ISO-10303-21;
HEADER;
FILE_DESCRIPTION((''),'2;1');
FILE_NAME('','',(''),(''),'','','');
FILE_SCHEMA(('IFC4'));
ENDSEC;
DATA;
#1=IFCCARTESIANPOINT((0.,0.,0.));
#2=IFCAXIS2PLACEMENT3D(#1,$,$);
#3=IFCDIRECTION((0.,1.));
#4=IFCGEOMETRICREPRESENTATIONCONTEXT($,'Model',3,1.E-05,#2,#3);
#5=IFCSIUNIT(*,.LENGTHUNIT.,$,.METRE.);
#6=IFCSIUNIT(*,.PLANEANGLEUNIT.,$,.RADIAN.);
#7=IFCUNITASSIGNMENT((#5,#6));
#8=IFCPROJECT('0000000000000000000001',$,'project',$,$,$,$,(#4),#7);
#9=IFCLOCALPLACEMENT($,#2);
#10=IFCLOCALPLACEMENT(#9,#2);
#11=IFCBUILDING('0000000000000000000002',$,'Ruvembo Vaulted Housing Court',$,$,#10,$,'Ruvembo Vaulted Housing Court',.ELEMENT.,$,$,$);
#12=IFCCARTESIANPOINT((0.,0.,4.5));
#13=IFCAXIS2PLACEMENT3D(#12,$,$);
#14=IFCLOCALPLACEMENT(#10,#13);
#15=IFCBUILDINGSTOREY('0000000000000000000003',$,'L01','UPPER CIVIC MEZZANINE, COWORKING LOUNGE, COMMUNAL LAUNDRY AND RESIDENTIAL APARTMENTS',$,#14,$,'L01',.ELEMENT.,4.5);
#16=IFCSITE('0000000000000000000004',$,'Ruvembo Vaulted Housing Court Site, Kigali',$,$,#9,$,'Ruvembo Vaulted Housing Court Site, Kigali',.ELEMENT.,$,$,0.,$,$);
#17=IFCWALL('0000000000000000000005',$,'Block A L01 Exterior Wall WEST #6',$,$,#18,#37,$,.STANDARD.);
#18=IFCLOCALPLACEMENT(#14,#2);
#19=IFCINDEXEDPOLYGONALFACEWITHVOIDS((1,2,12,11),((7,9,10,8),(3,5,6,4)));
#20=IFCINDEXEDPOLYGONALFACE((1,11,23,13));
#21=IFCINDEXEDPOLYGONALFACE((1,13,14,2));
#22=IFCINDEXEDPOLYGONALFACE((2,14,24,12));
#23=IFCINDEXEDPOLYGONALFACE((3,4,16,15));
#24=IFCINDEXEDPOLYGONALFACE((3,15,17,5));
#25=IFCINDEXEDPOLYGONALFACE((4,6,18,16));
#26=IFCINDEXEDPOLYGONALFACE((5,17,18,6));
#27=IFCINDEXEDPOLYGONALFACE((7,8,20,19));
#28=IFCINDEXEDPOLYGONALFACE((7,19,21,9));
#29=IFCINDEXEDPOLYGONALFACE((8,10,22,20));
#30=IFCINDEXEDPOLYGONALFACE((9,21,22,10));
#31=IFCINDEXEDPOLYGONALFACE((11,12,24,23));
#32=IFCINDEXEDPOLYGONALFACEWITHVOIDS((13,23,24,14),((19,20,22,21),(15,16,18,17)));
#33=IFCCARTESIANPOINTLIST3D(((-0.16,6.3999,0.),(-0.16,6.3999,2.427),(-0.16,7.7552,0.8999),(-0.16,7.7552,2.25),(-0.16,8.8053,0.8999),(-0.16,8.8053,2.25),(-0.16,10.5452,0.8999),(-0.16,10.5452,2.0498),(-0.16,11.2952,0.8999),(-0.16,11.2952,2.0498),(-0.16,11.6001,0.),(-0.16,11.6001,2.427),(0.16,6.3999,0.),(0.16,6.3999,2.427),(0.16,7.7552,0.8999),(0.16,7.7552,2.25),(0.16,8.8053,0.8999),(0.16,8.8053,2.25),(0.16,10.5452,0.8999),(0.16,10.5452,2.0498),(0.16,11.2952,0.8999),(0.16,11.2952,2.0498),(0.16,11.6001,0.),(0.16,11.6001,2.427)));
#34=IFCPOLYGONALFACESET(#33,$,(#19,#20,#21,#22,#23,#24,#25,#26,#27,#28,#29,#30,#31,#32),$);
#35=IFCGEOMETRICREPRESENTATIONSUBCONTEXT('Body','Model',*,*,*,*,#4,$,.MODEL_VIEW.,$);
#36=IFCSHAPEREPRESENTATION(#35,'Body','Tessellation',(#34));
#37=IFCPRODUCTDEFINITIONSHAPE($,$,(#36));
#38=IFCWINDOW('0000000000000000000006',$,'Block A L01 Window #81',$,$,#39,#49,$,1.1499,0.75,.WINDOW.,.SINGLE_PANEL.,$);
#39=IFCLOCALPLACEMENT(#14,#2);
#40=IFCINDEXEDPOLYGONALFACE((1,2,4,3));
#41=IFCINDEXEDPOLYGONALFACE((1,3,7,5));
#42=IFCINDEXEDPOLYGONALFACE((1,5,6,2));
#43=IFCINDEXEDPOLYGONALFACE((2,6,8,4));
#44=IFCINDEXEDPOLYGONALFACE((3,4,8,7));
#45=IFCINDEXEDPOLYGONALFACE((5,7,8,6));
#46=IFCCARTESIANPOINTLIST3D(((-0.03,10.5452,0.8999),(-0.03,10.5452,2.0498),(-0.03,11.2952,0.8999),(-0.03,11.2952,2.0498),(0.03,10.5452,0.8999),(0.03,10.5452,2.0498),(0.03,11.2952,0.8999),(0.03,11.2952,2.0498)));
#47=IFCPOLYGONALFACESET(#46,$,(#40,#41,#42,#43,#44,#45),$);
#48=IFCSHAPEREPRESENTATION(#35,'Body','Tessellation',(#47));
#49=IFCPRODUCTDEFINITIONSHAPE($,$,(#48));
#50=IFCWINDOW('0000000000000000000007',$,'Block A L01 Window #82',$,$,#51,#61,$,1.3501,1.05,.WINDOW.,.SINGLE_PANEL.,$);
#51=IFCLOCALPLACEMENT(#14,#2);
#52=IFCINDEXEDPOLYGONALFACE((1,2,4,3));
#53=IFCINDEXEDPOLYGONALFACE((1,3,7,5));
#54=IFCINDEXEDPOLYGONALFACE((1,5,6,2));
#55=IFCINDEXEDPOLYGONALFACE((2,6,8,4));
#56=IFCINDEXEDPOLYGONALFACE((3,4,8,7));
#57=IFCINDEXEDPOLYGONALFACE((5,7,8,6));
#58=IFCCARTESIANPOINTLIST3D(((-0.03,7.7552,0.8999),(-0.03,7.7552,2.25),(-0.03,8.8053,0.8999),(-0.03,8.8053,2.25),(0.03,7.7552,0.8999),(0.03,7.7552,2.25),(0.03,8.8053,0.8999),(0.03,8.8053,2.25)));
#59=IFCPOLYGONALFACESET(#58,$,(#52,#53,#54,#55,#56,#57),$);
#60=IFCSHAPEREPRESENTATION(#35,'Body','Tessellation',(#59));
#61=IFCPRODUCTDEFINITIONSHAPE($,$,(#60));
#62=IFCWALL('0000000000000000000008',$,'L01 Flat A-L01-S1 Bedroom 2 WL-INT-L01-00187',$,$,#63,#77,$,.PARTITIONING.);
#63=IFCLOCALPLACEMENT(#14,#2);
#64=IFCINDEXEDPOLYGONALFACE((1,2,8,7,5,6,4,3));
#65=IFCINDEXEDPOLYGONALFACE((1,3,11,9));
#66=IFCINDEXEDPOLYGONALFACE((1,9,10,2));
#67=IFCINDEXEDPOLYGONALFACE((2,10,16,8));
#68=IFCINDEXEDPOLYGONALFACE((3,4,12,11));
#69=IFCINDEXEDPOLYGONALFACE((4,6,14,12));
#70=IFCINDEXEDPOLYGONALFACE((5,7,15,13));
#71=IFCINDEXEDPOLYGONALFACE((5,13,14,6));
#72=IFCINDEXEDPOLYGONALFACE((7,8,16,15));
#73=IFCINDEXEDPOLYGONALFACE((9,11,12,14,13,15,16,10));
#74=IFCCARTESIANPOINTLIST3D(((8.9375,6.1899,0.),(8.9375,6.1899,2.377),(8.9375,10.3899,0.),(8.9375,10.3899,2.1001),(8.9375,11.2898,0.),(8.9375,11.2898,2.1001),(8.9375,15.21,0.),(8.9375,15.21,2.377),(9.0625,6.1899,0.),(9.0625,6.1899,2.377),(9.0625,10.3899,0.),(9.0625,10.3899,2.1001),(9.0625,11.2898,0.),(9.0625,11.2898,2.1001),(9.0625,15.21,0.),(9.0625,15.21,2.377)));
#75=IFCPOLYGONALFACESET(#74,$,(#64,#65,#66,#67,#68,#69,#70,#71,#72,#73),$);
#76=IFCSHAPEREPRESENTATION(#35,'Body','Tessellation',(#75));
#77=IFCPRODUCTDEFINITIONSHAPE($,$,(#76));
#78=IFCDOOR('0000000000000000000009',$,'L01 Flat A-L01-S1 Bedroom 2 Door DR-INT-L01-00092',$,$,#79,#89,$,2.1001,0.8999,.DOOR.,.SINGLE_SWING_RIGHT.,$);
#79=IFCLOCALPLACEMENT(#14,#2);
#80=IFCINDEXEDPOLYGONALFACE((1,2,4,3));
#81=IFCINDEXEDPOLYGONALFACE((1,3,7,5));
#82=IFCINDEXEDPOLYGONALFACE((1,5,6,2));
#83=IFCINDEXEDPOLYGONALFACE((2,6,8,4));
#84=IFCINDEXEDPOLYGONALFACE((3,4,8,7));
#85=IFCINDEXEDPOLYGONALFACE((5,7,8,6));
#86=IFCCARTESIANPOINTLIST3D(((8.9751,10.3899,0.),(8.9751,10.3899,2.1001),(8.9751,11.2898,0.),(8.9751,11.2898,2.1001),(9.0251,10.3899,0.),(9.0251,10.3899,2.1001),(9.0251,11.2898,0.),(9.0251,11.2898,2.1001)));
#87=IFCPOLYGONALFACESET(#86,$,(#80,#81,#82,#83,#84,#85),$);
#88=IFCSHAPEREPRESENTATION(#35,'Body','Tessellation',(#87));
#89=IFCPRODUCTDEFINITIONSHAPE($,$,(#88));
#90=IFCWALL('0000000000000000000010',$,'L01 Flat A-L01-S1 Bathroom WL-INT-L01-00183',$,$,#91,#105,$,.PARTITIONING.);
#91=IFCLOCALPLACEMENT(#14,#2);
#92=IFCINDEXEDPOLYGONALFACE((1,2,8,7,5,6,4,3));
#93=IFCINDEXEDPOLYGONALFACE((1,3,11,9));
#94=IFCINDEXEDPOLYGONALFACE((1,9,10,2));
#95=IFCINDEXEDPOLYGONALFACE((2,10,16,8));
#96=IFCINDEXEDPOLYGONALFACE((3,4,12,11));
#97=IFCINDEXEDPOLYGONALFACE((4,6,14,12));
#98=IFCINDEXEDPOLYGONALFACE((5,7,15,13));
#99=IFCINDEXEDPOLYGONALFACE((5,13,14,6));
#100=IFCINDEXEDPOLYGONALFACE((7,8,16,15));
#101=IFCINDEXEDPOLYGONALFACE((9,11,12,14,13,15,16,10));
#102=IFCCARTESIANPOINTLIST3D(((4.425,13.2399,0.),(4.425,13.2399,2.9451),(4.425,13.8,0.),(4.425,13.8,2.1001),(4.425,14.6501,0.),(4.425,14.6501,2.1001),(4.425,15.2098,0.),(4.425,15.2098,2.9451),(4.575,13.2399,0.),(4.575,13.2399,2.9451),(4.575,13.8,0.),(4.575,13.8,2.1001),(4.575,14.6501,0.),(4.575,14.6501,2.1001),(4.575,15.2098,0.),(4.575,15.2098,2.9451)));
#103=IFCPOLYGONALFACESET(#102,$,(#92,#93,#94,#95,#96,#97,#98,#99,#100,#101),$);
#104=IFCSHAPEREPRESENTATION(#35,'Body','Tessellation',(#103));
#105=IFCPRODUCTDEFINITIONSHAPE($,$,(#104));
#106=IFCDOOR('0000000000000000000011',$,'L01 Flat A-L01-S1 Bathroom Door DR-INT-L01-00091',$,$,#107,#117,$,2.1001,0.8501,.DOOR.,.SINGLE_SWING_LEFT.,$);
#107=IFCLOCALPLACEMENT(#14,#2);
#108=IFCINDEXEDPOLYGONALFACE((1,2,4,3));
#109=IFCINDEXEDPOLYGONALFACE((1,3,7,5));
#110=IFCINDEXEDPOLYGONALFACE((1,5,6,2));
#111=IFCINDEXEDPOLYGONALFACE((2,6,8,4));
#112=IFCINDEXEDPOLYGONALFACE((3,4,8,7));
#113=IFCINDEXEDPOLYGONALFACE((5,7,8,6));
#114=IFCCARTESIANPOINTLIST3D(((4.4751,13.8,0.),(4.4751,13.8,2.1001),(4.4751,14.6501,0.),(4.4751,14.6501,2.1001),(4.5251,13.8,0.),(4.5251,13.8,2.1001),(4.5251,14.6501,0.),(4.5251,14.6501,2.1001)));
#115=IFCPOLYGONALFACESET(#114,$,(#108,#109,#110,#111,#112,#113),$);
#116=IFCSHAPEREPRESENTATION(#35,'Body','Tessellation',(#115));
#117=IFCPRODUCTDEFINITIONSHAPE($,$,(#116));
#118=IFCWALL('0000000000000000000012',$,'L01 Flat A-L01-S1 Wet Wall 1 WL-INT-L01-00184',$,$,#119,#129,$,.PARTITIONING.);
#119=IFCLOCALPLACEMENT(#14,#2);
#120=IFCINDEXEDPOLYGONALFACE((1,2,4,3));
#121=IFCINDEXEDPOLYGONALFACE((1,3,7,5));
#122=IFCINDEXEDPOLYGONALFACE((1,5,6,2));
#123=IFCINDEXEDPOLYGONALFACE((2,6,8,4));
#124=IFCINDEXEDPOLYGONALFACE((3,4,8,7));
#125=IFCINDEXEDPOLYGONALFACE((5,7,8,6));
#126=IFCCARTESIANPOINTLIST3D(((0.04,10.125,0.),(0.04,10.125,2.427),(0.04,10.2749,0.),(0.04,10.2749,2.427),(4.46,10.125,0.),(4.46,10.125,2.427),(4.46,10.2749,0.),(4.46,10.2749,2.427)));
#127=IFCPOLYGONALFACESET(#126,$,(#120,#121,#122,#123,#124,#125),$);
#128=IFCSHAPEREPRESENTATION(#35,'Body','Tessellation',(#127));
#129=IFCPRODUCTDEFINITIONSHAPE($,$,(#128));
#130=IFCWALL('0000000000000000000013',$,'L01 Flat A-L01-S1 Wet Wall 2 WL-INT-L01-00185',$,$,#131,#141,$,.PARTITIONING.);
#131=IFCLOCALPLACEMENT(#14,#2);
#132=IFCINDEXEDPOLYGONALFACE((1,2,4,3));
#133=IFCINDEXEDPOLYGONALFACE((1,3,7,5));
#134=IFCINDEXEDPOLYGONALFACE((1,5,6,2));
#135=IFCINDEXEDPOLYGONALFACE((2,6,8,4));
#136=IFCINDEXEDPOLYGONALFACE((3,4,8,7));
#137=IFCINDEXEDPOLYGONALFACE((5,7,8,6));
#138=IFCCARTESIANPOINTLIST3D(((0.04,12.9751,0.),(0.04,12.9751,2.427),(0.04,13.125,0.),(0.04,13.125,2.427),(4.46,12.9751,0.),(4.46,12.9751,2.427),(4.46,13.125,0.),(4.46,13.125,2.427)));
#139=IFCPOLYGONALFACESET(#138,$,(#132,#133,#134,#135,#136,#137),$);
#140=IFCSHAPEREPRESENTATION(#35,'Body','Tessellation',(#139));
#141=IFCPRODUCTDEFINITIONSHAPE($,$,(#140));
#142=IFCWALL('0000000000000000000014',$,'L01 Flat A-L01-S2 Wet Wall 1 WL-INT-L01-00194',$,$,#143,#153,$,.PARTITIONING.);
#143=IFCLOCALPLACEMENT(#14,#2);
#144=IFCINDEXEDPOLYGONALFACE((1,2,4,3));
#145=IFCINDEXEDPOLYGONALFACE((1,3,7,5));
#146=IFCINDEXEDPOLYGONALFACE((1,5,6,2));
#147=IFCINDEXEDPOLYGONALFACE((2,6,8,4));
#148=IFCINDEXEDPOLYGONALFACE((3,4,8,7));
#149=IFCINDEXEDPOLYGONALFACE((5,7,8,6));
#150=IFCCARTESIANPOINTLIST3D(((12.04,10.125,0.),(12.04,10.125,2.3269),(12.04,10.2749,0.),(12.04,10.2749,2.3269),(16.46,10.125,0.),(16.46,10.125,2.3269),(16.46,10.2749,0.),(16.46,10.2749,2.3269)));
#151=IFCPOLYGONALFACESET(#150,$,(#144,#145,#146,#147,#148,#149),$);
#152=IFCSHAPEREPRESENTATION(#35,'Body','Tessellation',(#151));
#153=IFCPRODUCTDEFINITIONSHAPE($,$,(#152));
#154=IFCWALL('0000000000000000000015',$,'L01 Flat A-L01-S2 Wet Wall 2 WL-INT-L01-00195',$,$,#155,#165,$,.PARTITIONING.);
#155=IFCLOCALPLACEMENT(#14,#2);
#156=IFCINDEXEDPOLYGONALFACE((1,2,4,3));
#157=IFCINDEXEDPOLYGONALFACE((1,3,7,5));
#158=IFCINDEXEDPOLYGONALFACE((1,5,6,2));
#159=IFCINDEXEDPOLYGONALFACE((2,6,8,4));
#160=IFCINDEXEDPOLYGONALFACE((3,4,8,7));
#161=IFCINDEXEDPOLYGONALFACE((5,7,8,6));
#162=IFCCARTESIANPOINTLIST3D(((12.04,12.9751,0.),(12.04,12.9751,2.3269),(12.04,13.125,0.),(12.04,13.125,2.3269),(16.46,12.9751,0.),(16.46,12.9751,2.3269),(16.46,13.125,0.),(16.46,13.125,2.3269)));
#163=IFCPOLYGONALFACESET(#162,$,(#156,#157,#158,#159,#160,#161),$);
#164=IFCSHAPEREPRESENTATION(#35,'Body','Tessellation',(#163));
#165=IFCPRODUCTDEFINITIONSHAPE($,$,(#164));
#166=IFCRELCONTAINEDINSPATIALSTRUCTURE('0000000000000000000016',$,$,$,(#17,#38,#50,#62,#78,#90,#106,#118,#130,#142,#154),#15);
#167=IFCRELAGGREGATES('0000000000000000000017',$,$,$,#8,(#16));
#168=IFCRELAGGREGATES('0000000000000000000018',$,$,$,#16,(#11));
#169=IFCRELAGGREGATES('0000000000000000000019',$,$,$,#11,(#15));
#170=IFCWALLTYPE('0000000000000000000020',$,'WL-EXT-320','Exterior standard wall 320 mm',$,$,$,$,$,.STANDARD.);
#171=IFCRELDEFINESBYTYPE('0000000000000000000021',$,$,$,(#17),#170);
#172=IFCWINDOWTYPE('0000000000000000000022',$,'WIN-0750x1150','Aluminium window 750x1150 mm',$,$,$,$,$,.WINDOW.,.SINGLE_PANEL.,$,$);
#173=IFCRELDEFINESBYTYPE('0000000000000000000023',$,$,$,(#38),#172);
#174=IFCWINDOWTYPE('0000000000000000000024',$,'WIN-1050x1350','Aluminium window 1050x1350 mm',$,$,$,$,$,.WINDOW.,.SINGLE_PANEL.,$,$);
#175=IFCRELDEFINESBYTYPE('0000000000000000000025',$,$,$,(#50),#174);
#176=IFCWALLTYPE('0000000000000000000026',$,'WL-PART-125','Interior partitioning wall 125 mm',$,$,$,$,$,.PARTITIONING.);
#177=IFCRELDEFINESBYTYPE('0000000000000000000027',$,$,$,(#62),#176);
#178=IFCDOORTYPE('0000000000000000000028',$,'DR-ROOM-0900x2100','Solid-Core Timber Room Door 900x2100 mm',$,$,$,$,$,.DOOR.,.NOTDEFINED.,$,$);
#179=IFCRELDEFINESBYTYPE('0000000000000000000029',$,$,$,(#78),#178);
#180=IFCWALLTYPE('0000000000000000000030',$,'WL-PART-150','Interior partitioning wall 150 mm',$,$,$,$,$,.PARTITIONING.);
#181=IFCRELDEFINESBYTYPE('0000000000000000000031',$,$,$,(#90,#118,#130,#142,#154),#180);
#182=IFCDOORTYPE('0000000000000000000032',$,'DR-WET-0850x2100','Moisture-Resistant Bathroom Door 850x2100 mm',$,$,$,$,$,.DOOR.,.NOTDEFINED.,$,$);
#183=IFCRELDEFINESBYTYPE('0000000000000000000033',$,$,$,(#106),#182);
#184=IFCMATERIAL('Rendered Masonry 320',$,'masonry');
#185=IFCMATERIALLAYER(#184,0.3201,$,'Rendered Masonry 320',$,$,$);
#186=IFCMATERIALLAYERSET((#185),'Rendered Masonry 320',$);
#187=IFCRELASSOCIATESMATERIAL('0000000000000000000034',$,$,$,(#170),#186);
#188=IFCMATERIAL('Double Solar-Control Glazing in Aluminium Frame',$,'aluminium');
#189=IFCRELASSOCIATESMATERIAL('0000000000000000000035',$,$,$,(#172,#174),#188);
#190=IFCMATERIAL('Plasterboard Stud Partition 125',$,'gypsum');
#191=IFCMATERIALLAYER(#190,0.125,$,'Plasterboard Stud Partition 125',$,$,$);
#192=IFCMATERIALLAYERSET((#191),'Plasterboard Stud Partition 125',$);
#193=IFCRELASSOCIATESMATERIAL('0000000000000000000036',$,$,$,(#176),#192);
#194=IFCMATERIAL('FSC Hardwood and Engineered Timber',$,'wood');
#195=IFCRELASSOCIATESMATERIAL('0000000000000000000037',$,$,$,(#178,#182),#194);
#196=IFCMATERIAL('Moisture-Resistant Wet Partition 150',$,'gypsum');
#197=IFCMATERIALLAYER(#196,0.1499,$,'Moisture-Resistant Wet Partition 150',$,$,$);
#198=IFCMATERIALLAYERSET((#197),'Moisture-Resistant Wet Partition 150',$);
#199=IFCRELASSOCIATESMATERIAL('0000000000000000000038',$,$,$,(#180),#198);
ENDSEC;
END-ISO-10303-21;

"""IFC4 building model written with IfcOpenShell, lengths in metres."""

from ifc_helpers import new_model, si_unit, direction, frame, frame_2d, origin, place, context, subcontext, project, spatial, rectangle, extrude, material, layer, layer_set, type_object, element, fill, save


model = new_model("IFC4")

# Units and contexts
model_context = context("Model", 3, precision=1e-05, world=origin(), true_north=direction((0.0, 1.0)))
body_context = subcontext(model_context, "Body", "Model", "MODEL_VIEW")
ifc_project = project(units=[si_unit("LENGTHUNIT", "METRE"), si_unit("PLANEANGLEUNIT", "RADIAN")], contexts=[model_context])

# Site, building, storey
site_placement = place(None, origin())
site = spatial("IfcSite", under=ifc_project, at=site_placement, Name="Ruvembo Vaulted Housing Court Site, Kigali", LongName="Ruvembo Vaulted Housing Court Site, Kigali", CompositionType="ELEMENT", RefElevation=0.0)
building_placement = place(site_placement, origin())
building = spatial("IfcBuilding", under=site, at=building_placement, Name="Ruvembo Vaulted Housing Court", LongName="Ruvembo Vaulted Housing Court", CompositionType="ELEMENT")
storey_placement = place(building_placement, frame((0.0, 0.0, 4.5)))
storey = spatial("IfcBuildingStorey", under=building, at=storey_placement, Name="L01", Description="UPPER CIVIC MEZZANINE, COWORKING LOUNGE, COMMUNAL LAUNDRY AND RESIDENTIAL APARTMENTS", LongName="L01", CompositionType="ELEMENT", Elevation=4.5)

# Shared definitions
ifc_material_1 = material(Name="FSC Hardwood and Engineered Timber", Category="wood")

# Wall, openings, windows
ifc_material_2 = material(Name="Rendered Masonry 320", Category="masonry")
ifc_layer_1 = layer(ifc_material_2, 0.3201, Name="Rendered Masonry 320")
ifc_layer_set_1 = layer_set([ifc_layer_1], Name="Rendered Masonry 320")
wall_type_1 = type_object("IfcWallType", Name="WL-EXT-320", Description="Exterior standard wall 320 mm", PredefinedType="STANDARD", material=ifc_layer_set_1)
wall_1_placement = place(storey_placement, frame((0.0, 11.6001, 0.0), z_axis=(0.0, 0.0, 1.0), x_axis=(0.0, -1.0, 0.0)))
wall_1 = element("IfcWall", 1, at=wall_1_placement, inside=storey, type_object=wall_type_1, Name="Block A L01 Exterior Wall WEST #6", PredefinedType="STANDARD", context=body_context, shape_type="SweptSolid", body=[
    extrude(rectangle(XDim=5.2002, YDim=0.3201, at=frame_2d((2.6001, 0.0))), origin(), (0.0, 0.0, 1.0), 2.427),
])
opening_1_placement = place(wall_1_placement, frame((0.3049, 0.0, 0.8999)))
opening_1 = element("IfcOpeningElement", 2, at=opening_1_placement, cuts=wall_1, PredefinedType="OPENING", context=body_context, shape_type="SweptSolid", body=[
    extrude(rectangle(XDim=0.75, YDim=1.1499, at=frame_2d((0.375, 0.575))), frame((0.0, 0.1699, 0.0), z_axis=(0.0, -1.0, 0.0), x_axis=(1.0, 0.0, 0.0)), (0.0, 0.0, 1.0), 0.3401),
])
opening_2_placement = place(wall_1_placement, frame((2.7949, 0.0, 0.8999)))
opening_2 = element("IfcOpeningElement", 3, at=opening_2_placement, cuts=wall_1, PredefinedType="OPENING", context=body_context, shape_type="SweptSolid", body=[
    extrude(rectangle(XDim=1.05, YDim=1.3501, at=frame_2d((0.5249, 0.675))), frame((0.0, 0.1699, 0.0), z_axis=(0.0, -1.0, 0.0), x_axis=(1.0, 0.0, 0.0)), (0.0, 0.0, 1.0), 0.3401),
])
ifc_material_3 = material(Name="Double Solar-Control Glazing in Aluminium Frame", Category="aluminium")
window_type_1 = type_object("IfcWindowType", Name="WIN-0750x1150", Description="Aluminium window 750x1150 mm", PartitioningType="SINGLE_PANEL", PredefinedType="WINDOW", material=ifc_material_3)
window_1_placement = place(opening_1_placement, origin())
window_1 = element("IfcWindow", 4, at=window_1_placement, inside=storey, type_object=window_type_1, Name="Block A L01 Window #81", OverallHeight=1.1499, OverallWidth=0.75, PartitioningType="SINGLE_PANEL", PredefinedType="WINDOW", context=body_context, shape_type="SweptSolid", body=[
    extrude(rectangle(XDim=0.75, YDim=1.1499, at=frame_2d((0.375, 0.575))), frame((0.0, 0.03, 0.0), z_axis=(0.0, -1.0, 0.0), x_axis=(1.0, 0.0, 0.0)), (0.0, 0.0, 1.0), 0.0601),
])
fill(opening_1, window_1)
window_type_2 = type_object("IfcWindowType", Name="WIN-1050x1350", Description="Aluminium window 1050x1350 mm", PartitioningType="SINGLE_PANEL", PredefinedType="WINDOW", material=ifc_material_3)
window_2_placement = place(opening_2_placement, origin())
window_2 = element("IfcWindow", 5, at=window_2_placement, inside=storey, type_object=window_type_2, Name="Block A L01 Window #82", OverallHeight=1.3501, OverallWidth=1.05, PartitioningType="SINGLE_PANEL", PredefinedType="WINDOW", context=body_context, shape_type="SweptSolid", body=[
    extrude(rectangle(XDim=1.05, YDim=1.3501, at=frame_2d((0.5249, 0.675))), frame((0.0, 0.03, 0.0), z_axis=(0.0, -1.0, 0.0), x_axis=(1.0, 0.0, 0.0)), (0.0, 0.0, 1.0), 0.0601),
])
fill(opening_2, window_2)

# Walls, openings, doors
ifc_material_4 = material(Name="Plasterboard Stud Partition 125", Category="gypsum")
ifc_layer_2 = layer(ifc_material_4, 0.125, Name="Plasterboard Stud Partition 125")
ifc_layer_set_2 = layer_set([ifc_layer_2], Name="Plasterboard Stud Partition 125")
wall_type_2 = type_object("IfcWallType", Name="WL-PART-125", Description="Interior partitioning wall 125 mm", PredefinedType="PARTITIONING", material=ifc_layer_set_2)
wall_2_placement = place(storey_placement, frame((9.0, 6.1899, 0.0), z_axis=(0.0, 0.0, 1.0), x_axis=(0.0, 1.0, 0.0)))
wall_2 = element("IfcWall", 6, at=wall_2_placement, inside=storey, type_object=wall_type_2, Name="L01 Flat A-L01-S1 Bedroom 2 WL-INT-L01-00187", PredefinedType="PARTITIONING", context=body_context, shape_type="SweptSolid", body=[
    extrude(rectangle(XDim=9.02, YDim=0.125, at=frame_2d((4.51, 0.0))), origin(), (0.0, 0.0, 1.0), 2.377),
])
opening_3_placement = place(wall_2_placement, frame((4.2, 0.0, 0.0)))
opening_3 = element("IfcOpeningElement", 7, at=opening_3_placement, cuts=wall_2, PredefinedType="OPENING", context=body_context, shape_type="SweptSolid", body=[
    extrude(rectangle(XDim=0.8999, YDim=2.1001, at=frame_2d((0.45, 1.05))), frame((0.0, 0.0725, 0.0), z_axis=(0.0, -1.0, 0.0), x_axis=(1.0, 0.0, 0.0)), (0.0, 0.0, 1.0), 0.145),
])
door_type_1 = type_object("IfcDoorType", Name="DR-ROOM-0900x2100", Description="Solid-Core Timber Room Door 900x2100 mm", OperationType="NOTDEFINED", PredefinedType="DOOR", material=ifc_material_1)
door_1_placement = place(opening_3_placement, origin())
door_1 = element("IfcDoor", 8, at=door_1_placement, inside=storey, type_object=door_type_1, Name="L01 Flat A-L01-S1 Bedroom 2 Door DR-INT-L01-00092", OperationType="SINGLE_SWING_RIGHT", OverallHeight=2.1001, OverallWidth=0.8999, PredefinedType="DOOR", context=body_context, shape_type="SweptSolid", body=[
    extrude(rectangle(XDim=0.8999, YDim=2.1001, at=frame_2d((0.45, 1.05))), frame((0.0, 0.0249, 0.0), z_axis=(0.0, -1.0, 0.0), x_axis=(1.0, 0.0, 0.0)), (0.0, 0.0, 1.0), 0.05),
])
fill(opening_3, door_1)
ifc_material_5 = material(Name="Moisture-Resistant Wet Partition 150", Category="gypsum")
ifc_layer_3 = layer(ifc_material_5, 0.1499, Name="Moisture-Resistant Wet Partition 150")
ifc_layer_set_3 = layer_set([ifc_layer_3], Name="Moisture-Resistant Wet Partition 150")
wall_type_3 = type_object("IfcWallType", Name="WL-PART-150", Description="Interior partitioning wall 150 mm", PredefinedType="PARTITIONING", material=ifc_layer_set_3)
wall_3_placement = place(storey_placement, frame((4.5, 13.24, 0.0), z_axis=(0.0, 0.0, 1.0), x_axis=(0.0, 1.0, 0.0)))
wall_3 = element("IfcWall", 9, at=wall_3_placement, inside=storey, type_object=wall_type_3, Name="L01 Flat A-L01-S1 Bathroom WL-INT-L01-00183", PredefinedType="PARTITIONING", context=body_context, shape_type="SweptSolid", body=[
    extrude(rectangle(XDim=1.97, YDim=0.1499, at=frame_2d((0.9849, 0.0))), origin(), (0.0, 0.0, 1.0), 2.9451),
])
opening_4_placement = place(wall_3_placement, frame((0.5601, 0.0, 0.0)))
opening_4 = element("IfcOpeningElement", 10, at=opening_4_placement, cuts=wall_3, PredefinedType="OPENING", context=body_context, shape_type="SweptSolid", body=[
    extrude(rectangle(XDim=0.8501, YDim=2.1001, at=frame_2d((0.425, 1.05))), frame((0.0, 0.085, 0.0), z_axis=(0.0, -1.0, 0.0), x_axis=(1.0, 0.0, 0.0)), (0.0, 0.0, 1.0), 0.1699),
])
door_type_2 = type_object("IfcDoorType", Name="DR-WET-0850x2100", Description="Moisture-Resistant Bathroom Door 850x2100 mm", OperationType="NOTDEFINED", PredefinedType="DOOR", material=ifc_material_1)
door_2_placement = place(opening_4_placement, origin())
door_2 = element("IfcDoor", 11, at=door_2_placement, inside=storey, type_object=door_type_2, Name="L01 Flat A-L01-S1 Bathroom Door DR-INT-L01-00091", OperationType="SINGLE_SWING_LEFT", OverallHeight=2.1001, OverallWidth=0.8501, PredefinedType="DOOR", context=body_context, shape_type="SweptSolid", body=[
    extrude(rectangle(XDim=0.8501, YDim=2.1001, at=frame_2d((0.425, 1.05))), frame((0.0, 0.0249, 0.0), z_axis=(0.0, -1.0, 0.0), x_axis=(1.0, 0.0, 0.0)), (0.0, 0.0, 1.0), 0.05),
])
fill(opening_4, door_2)

# Walls
for number, where, z_axis, x_axis, name in (
    (12, (0.04, 10.2, 0.0), (0.0, 0.0, 1.0), (1.0, 0.0, 0.0), "L01 Flat A-L01-S1 Wet Wall 1 WL-INT-L01-00184"),
    (13, (0.04, 13.05, 0.0), (0.0, 0.0, 1.0), (1.0, 0.0, 0.0), "L01 Flat A-L01-S1 Wet Wall 2 WL-INT-L01-00185"),
):
    element("IfcWall", number, at=place(storey_placement, frame(where, z_axis=z_axis, x_axis=x_axis)), inside=storey, type_object=wall_type_3, Name=name, PredefinedType="PARTITIONING", context=body_context, shape_type="SweptSolid", body=[
        extrude(rectangle(XDim=4.4199, YDim=0.1499, at=frame_2d((2.21, 0.0))), origin(), (0.0, 0.0, 1.0), 2.427),
    ])
for number, where, z_axis, x_axis, name in (
    (14, (12.04, 10.2, 0.0), (0.0, 0.0, 1.0), (1.0, 0.0, 0.0), "L01 Flat A-L01-S2 Wet Wall 1 WL-INT-L01-00194"),
    (15, (12.04, 13.05, 0.0), (0.0, 0.0, 1.0), (1.0, 0.0, 0.0), "L01 Flat A-L01-S2 Wet Wall 2 WL-INT-L01-00195"),
):
    element("IfcWall", number, at=place(storey_placement, frame(where, z_axis=z_axis, x_axis=x_axis)), inside=storey, type_object=wall_type_3, Name=name, PredefinedType="PARTITIONING", context=body_context, shape_type="SweptSolid", body=[
        extrude(rectangle(XDim=4.4199, YDim=0.1499, at=frame_2d((2.21, 0.0))), origin(), (0.0, 0.0, 1.0), 2.3269),
    ])

save(model, "model.ifc")
